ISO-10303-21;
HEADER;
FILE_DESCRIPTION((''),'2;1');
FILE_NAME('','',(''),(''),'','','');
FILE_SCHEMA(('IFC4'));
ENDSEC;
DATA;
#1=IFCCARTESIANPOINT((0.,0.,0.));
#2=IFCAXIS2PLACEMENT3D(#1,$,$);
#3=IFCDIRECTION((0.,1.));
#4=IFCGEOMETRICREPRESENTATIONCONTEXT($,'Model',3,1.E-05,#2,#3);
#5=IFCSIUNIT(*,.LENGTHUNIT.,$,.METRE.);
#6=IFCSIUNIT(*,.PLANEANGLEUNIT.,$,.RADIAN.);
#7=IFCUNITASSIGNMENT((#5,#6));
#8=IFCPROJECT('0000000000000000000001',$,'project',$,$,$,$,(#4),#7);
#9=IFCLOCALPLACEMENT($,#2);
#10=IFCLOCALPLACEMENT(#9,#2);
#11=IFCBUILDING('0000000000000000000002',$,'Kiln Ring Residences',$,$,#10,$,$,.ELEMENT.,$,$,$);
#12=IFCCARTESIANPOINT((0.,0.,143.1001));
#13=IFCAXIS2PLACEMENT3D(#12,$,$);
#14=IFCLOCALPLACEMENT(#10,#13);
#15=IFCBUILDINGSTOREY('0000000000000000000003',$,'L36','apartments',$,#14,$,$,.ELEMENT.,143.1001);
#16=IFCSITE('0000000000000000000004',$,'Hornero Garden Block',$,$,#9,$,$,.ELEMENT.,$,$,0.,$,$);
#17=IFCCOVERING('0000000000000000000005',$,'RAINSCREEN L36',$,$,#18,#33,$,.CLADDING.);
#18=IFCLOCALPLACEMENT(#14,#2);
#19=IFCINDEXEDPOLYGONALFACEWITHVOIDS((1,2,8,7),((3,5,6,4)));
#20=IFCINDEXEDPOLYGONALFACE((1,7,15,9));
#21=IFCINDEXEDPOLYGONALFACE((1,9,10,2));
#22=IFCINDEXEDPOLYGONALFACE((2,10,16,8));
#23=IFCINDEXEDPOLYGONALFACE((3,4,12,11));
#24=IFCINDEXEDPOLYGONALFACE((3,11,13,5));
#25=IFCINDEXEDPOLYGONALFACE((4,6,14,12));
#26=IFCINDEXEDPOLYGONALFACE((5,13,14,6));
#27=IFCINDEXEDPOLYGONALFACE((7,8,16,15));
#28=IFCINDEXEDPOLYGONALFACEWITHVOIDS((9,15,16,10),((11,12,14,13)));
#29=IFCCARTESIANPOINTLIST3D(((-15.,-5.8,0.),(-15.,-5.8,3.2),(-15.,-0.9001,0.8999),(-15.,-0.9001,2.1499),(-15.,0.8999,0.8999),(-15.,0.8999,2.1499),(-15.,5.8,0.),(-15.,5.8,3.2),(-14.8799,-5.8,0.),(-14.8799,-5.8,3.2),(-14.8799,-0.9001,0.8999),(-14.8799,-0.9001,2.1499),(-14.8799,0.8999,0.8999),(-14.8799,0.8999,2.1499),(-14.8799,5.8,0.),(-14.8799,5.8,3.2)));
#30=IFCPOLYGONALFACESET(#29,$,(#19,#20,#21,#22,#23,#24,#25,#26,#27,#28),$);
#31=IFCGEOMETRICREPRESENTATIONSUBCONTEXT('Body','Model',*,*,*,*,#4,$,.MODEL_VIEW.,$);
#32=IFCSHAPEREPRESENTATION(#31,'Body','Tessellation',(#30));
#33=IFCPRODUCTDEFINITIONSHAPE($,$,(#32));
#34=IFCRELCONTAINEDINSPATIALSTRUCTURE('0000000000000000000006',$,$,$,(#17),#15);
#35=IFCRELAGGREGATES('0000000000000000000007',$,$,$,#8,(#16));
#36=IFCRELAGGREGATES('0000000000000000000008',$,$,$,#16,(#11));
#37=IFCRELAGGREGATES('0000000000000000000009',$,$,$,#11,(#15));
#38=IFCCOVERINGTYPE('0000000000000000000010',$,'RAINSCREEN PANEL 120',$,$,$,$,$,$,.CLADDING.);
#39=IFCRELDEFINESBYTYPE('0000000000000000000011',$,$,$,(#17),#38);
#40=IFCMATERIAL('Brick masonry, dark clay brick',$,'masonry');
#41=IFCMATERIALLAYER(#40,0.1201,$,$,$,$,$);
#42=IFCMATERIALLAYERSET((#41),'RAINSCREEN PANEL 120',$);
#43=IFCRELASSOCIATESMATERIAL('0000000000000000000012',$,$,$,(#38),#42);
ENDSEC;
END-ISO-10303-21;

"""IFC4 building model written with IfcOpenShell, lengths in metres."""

from ifc_helpers import new_model, si_unit, direction, frame, origin, place, context, subcontext, project, spatial, polyline, outline, extrude, material, layer, layer_set, type_object, element, save


model = new_model("IFC4")

# Units and contexts
model_context = context("Model", 3, precision=1e-05, world=origin(), true_north=direction((0.0, 1.0)))
body_context = subcontext(model_context, "Body", "Model", "MODEL_VIEW")
ifc_project = project(units=[si_unit("LENGTHUNIT", "METRE"), si_unit("PLANEANGLEUNIT", "RADIAN")], contexts=[model_context])

# Site, building, storey
site_placement = place(None, origin())
site = spatial("IfcSite", under=ifc_project, at=site_placement, Name="Hornero Garden Block", CompositionType="ELEMENT", RefElevation=0.0)
building_placement = place(site_placement, origin())
building = spatial("IfcBuilding", under=site, at=building_placement, Name="Kiln Ring Residences", CompositionType="ELEMENT")
storey_placement = place(building_placement, frame((0.0, 0.0, 143.1001)))
storey = spatial("IfcBuildingStorey", under=building, at=storey_placement, Name="L36", Description="apartments", CompositionType="ELEMENT", Elevation=143.1001)

# Covering
ifc_material_1 = material(Name="Brick masonry, dark clay brick", Category="masonry")
ifc_layer_1 = layer(ifc_material_1, 0.1201)
ifc_layer_set_1 = layer_set([ifc_layer_1], Name="RAINSCREEN PANEL 120")
covering_type = type_object("IfcCoveringType", Name="RAINSCREEN PANEL 120", PredefinedType="CLADDING", material=ifc_layer_set_1)
covering_placement = place(storey_placement, frame((-14.9399, -5.8, 0.0), z_axis=(0.0, 0.0, 1.0), x_axis=(0.0, 1.0, 0.0)))
element("IfcCovering", 1, at=covering_placement, inside=storey, type_object=covering_type, Name="RAINSCREEN L36", PredefinedType="CLADDING", context=body_context, shape_type="SweptSolid", body=[
    extrude(outline(polyline([(0.0, 0.0), (11.6001, 0.0), (11.6001, 3.2), (0.0, 3.2), (0.0, 0.0)]), holes=[polyline([(4.8999, 2.1499), (4.8999, 0.8999), (6.7, 0.8999), (6.7, 2.1499), (4.8999, 2.1499)])]), frame((0.0, 0.0601, 0.0), z_axis=(0.0, -1.0, 0.0), x_axis=(1.0, 0.0, 0.0)), (0.0, 0.0, 1.0), 0.1201),
])

save(model, "model.ifc")
